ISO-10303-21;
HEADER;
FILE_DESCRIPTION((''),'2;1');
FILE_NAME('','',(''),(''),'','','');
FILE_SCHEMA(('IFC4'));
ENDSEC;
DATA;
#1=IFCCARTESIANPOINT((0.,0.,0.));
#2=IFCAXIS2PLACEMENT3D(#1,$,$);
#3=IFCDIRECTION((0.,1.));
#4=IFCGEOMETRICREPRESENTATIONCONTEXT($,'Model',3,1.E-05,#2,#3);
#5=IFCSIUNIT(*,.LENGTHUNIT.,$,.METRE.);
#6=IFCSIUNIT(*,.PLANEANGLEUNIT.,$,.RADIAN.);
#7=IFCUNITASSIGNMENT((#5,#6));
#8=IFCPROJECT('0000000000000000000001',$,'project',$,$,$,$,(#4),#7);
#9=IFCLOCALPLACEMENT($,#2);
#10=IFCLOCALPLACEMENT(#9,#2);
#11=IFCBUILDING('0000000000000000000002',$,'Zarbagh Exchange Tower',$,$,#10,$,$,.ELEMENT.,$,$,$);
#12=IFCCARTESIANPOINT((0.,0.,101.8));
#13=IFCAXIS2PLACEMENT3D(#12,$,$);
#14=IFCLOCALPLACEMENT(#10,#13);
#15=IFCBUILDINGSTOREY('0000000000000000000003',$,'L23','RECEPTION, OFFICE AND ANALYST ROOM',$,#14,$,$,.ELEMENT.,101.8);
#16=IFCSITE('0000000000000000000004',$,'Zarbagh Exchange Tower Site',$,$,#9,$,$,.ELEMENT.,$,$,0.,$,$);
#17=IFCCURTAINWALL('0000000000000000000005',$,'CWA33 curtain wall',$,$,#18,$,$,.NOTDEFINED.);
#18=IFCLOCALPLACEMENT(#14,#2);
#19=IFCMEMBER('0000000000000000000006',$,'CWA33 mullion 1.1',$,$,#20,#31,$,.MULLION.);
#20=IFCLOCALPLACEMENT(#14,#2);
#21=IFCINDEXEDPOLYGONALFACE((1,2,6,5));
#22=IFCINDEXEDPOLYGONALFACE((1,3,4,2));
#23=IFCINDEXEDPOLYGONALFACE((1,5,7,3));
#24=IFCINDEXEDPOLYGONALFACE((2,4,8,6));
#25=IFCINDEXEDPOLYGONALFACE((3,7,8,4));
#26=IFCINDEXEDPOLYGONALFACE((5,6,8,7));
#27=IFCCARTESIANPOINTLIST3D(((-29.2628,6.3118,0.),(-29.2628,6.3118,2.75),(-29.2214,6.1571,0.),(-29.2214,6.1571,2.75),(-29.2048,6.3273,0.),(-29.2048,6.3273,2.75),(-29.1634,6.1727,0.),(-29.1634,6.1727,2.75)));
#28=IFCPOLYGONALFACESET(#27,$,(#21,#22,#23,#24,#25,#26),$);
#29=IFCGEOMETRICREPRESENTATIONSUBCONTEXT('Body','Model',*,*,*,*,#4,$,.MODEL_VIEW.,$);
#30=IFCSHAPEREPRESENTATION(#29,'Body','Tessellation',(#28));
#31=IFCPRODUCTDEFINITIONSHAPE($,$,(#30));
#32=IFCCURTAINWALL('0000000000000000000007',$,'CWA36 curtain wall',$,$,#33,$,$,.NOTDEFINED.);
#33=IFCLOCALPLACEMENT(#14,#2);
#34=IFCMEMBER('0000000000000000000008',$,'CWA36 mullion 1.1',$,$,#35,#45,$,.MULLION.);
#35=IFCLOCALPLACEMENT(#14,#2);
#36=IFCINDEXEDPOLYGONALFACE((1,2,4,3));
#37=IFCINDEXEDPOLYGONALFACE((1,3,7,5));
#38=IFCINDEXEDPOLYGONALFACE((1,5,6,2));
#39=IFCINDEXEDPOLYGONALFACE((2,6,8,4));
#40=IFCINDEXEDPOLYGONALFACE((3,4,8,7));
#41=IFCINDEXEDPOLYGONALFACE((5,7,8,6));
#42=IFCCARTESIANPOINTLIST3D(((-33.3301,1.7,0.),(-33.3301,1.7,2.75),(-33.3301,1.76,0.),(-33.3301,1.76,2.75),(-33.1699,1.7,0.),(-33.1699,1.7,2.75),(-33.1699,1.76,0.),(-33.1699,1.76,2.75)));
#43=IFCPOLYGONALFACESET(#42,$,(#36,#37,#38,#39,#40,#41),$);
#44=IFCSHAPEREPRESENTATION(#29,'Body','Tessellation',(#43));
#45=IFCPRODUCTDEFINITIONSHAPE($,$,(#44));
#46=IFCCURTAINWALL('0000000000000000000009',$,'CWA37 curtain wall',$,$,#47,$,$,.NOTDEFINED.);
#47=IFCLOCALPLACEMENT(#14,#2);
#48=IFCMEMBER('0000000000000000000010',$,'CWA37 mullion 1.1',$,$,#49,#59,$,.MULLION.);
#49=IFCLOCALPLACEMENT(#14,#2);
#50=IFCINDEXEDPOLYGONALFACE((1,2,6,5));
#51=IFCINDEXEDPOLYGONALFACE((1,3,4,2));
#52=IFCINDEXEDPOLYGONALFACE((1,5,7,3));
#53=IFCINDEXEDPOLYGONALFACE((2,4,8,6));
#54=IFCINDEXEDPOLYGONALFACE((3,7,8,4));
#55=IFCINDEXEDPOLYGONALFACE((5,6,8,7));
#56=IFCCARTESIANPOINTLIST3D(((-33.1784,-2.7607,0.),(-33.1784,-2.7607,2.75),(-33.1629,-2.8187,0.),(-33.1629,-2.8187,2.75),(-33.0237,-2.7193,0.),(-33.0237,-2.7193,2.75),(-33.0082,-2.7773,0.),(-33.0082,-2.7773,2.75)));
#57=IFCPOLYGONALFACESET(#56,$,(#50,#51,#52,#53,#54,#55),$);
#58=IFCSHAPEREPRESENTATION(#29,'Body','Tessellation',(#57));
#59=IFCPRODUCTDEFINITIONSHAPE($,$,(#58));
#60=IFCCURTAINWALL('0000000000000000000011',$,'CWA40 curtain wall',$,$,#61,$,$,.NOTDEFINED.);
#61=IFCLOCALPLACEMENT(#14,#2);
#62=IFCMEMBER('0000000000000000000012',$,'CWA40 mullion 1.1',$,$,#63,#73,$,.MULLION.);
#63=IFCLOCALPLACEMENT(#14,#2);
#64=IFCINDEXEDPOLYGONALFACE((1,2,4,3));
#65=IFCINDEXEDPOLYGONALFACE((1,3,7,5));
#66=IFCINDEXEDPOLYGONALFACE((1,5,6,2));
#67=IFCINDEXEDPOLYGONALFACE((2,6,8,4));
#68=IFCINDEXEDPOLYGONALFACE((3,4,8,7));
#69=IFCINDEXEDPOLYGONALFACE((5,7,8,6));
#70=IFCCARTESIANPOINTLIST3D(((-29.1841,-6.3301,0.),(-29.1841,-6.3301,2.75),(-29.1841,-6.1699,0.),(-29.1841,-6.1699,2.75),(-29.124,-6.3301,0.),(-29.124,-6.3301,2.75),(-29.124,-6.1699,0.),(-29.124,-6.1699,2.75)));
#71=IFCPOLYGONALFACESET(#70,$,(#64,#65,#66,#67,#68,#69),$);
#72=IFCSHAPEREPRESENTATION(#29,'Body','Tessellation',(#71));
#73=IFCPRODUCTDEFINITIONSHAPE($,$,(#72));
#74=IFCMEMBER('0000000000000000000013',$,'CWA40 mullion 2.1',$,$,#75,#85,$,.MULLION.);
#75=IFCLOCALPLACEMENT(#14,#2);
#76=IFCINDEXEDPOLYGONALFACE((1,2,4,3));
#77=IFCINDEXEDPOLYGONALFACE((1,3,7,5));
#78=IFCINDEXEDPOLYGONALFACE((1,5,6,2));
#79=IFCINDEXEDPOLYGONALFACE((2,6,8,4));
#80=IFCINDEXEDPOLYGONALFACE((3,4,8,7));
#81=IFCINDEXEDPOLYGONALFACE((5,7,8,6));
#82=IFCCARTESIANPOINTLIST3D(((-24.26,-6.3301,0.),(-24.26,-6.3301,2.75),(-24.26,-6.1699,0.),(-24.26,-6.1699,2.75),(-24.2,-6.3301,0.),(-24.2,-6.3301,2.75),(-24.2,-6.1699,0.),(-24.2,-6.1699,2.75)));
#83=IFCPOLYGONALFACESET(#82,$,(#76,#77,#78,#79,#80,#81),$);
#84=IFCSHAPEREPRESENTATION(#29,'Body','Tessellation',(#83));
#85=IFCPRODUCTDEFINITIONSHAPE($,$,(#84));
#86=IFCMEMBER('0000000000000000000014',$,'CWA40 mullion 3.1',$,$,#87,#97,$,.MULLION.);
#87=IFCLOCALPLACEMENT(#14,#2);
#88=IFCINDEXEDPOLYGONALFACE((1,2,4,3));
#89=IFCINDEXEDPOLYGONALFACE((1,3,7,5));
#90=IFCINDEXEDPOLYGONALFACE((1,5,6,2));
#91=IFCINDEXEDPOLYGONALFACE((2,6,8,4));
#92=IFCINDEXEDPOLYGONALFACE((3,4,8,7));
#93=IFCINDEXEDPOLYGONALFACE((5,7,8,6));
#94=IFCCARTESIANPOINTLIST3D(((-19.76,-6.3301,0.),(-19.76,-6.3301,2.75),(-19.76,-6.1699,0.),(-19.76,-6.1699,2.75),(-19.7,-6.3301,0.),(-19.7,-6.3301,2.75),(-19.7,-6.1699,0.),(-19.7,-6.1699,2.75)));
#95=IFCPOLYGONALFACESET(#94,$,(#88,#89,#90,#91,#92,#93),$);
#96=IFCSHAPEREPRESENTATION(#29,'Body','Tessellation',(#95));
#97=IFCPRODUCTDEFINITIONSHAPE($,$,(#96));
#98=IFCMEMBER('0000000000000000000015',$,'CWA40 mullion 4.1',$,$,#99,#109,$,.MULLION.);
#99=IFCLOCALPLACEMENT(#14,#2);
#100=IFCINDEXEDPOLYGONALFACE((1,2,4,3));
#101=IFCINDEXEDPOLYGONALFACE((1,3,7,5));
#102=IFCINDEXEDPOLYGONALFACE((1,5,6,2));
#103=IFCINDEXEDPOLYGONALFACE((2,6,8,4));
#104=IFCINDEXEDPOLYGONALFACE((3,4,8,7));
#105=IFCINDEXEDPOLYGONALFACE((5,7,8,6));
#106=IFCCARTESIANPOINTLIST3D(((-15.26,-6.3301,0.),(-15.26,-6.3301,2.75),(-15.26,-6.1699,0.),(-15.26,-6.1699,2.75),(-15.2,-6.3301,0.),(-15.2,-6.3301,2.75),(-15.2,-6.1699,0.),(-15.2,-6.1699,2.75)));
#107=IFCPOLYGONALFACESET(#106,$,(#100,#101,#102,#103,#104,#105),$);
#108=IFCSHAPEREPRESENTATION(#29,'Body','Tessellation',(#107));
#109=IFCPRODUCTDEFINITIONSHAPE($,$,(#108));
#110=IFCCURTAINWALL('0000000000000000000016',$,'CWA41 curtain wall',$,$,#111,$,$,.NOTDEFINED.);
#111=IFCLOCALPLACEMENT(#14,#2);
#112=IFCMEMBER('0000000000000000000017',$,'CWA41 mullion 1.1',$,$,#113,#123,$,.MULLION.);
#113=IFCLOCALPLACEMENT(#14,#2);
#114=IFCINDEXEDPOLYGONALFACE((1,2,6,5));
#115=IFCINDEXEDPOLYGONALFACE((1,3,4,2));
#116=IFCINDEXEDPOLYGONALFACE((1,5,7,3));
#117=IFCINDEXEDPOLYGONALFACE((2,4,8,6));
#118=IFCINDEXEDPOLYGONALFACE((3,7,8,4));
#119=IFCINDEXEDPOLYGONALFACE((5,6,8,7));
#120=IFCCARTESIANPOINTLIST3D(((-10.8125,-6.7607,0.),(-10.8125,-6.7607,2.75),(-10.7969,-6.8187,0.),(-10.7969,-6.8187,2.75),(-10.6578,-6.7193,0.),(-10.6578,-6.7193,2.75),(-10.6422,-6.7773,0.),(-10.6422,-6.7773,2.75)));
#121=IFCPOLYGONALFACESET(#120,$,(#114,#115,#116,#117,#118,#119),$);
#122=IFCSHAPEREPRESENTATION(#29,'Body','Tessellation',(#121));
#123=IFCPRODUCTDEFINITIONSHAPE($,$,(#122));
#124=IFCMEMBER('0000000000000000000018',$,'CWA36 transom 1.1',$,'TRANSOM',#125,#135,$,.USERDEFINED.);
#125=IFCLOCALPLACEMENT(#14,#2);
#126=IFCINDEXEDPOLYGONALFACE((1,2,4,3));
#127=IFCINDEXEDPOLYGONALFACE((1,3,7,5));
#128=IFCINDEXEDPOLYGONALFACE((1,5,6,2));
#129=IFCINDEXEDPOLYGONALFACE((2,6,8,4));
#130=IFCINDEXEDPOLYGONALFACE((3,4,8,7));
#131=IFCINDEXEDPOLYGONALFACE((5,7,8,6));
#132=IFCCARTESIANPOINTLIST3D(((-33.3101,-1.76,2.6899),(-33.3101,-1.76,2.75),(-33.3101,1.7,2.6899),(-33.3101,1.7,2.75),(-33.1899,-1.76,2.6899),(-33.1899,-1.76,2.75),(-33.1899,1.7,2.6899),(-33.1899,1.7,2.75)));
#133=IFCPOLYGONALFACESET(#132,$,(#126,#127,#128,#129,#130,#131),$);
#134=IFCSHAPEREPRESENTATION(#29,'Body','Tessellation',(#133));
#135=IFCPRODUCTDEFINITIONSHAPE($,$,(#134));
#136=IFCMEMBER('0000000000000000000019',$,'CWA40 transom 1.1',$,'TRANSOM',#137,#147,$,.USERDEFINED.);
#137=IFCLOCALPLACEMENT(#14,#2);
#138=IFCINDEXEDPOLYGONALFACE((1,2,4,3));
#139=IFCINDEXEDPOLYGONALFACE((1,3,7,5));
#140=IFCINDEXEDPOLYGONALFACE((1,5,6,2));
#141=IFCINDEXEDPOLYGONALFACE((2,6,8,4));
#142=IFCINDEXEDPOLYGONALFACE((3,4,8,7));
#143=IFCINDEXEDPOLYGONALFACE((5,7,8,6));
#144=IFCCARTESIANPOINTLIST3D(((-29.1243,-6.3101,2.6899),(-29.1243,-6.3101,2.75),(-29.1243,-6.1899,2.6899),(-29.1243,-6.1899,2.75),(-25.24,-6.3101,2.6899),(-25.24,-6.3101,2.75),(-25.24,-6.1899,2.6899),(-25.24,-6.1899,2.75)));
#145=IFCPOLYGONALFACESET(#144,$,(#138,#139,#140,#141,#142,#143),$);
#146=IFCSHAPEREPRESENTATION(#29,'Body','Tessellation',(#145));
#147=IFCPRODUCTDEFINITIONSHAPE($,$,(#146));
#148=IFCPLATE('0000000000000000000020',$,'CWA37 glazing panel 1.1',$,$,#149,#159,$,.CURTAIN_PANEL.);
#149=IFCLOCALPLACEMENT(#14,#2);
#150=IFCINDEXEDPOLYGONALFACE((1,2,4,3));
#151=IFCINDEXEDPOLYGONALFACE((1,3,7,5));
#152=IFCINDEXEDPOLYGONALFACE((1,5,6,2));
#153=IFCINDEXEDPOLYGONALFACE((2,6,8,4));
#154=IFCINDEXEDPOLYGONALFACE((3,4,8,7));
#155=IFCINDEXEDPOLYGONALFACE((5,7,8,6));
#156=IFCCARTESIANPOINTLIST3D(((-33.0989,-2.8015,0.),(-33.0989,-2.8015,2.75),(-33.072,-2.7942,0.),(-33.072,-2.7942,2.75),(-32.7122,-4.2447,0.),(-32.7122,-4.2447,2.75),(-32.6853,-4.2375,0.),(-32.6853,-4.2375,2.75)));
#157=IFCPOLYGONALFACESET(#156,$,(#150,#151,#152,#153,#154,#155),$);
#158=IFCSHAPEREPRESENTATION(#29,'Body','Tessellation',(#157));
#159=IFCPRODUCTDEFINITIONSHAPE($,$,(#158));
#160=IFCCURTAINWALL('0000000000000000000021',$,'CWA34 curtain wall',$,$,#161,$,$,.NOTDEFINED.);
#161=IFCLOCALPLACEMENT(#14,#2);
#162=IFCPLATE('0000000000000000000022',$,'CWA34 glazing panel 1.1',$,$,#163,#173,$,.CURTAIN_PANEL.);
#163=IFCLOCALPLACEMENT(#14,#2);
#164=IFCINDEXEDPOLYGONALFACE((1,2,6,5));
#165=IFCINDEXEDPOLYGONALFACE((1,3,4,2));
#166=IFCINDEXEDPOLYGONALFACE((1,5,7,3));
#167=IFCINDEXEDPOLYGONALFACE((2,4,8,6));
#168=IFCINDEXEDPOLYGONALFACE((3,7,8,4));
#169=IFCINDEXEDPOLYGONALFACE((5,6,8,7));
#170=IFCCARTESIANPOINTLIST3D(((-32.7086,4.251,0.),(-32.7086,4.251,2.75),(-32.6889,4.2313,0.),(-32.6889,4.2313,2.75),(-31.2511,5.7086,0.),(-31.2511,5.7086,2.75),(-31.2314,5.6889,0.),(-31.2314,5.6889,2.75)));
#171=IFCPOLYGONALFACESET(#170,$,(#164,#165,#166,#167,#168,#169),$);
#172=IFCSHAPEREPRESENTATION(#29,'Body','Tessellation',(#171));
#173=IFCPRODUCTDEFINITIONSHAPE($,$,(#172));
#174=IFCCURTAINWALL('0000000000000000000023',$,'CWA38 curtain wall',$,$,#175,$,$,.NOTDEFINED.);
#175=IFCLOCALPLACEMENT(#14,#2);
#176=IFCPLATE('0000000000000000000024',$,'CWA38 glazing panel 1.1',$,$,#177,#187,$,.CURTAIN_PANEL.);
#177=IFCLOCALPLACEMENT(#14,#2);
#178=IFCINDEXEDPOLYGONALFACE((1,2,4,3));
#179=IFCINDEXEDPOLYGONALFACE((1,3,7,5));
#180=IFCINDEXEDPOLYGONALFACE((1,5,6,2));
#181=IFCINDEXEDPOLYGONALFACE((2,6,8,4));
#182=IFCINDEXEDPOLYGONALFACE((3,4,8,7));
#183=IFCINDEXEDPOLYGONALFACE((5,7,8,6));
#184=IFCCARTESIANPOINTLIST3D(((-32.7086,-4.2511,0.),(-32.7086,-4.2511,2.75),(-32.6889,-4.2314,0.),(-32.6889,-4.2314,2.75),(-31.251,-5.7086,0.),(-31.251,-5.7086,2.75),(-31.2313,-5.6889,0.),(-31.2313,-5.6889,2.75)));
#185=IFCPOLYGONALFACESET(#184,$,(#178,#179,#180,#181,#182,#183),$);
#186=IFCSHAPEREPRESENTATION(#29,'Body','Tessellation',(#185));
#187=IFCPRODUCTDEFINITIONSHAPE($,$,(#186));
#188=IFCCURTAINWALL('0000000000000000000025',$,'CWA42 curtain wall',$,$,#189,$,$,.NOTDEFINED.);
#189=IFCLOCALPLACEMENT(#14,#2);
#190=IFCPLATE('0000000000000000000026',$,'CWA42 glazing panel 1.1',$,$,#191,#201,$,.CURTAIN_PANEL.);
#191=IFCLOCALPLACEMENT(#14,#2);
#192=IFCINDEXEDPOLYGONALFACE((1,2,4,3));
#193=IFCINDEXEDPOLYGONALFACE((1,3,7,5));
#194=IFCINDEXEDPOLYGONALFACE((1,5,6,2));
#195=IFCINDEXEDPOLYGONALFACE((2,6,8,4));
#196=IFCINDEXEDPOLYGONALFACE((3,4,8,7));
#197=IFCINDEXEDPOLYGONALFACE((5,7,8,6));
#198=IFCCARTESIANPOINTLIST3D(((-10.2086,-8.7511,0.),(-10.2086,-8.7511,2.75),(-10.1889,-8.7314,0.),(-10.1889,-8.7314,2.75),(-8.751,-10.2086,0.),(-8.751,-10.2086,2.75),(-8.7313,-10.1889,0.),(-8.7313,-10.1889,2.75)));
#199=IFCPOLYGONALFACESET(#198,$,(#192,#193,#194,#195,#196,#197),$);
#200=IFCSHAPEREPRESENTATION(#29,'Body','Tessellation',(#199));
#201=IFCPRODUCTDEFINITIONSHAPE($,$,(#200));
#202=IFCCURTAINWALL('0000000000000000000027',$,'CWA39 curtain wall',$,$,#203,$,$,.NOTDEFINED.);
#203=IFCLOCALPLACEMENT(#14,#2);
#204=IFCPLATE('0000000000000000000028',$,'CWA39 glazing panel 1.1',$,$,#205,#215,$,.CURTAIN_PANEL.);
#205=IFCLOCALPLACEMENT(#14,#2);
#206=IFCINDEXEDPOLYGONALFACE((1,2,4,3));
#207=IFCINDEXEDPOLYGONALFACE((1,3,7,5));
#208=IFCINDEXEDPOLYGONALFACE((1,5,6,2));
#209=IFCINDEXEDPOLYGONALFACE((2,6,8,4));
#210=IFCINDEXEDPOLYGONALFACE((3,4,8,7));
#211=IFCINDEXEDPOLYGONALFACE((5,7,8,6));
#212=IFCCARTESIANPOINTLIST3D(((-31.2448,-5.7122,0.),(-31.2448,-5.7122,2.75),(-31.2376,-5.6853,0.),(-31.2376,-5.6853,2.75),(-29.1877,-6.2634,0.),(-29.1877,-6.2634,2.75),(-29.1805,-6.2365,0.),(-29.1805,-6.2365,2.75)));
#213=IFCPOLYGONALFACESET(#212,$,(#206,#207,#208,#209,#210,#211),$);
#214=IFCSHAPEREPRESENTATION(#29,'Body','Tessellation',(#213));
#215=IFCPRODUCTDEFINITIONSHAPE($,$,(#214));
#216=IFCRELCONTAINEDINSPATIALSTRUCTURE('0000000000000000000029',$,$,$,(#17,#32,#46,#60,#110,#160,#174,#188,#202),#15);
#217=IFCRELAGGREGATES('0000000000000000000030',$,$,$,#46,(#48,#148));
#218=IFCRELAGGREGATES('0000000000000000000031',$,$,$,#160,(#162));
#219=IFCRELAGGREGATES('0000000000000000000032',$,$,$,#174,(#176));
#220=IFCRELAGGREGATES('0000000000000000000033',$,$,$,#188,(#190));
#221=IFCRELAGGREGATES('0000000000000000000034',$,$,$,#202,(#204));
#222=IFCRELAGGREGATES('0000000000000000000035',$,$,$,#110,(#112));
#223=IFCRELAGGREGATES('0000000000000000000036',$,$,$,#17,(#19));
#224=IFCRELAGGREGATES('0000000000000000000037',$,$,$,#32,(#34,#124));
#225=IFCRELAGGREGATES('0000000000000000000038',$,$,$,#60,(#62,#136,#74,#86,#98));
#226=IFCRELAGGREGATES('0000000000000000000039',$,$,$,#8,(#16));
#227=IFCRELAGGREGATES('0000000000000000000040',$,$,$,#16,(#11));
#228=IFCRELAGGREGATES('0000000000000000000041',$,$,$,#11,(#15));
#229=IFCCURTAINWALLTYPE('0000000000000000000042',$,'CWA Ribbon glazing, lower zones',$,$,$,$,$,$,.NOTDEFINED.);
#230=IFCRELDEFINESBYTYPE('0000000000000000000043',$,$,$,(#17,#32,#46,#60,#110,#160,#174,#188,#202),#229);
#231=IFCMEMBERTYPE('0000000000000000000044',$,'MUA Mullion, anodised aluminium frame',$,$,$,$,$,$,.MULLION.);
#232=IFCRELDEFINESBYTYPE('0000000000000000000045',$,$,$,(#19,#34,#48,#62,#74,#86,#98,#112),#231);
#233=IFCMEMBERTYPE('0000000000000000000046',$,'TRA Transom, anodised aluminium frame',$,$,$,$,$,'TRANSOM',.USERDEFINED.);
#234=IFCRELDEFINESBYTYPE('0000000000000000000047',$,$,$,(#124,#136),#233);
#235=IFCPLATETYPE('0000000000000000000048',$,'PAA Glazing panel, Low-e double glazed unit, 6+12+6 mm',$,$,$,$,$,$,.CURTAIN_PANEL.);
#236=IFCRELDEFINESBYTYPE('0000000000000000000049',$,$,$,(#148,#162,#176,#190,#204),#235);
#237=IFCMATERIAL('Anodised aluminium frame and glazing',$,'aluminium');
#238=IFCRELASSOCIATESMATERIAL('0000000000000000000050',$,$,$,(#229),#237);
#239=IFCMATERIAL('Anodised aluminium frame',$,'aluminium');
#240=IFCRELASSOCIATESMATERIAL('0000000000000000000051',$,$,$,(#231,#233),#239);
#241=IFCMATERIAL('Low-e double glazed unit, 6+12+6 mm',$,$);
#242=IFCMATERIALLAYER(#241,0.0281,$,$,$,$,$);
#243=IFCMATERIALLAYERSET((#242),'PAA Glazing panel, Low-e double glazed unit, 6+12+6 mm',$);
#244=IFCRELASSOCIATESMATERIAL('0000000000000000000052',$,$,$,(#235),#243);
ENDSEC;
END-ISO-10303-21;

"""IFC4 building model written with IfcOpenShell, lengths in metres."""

from ifc_helpers import new_model, si_unit, direction, frame, origin, place, context, subcontext, project, spatial, polyline, outline, extrude, source, transform, mapped, material, layer, layer_set, type_object, element, aggregate, save


model = new_model("IFC4")

# Units and contexts
model_context = context("Model", 3, precision=1e-05, world=origin(), true_north=direction((0.0, 1.0)))
body_context = subcontext(model_context, "Body", "Model", "MODEL_VIEW")
ifc_project = project(units=[si_unit("LENGTHUNIT", "METRE"), si_unit("PLANEANGLEUNIT", "RADIAN")], contexts=[model_context])

# Site, building, storey
site_placement = place(None, origin())
site = spatial("IfcSite", under=ifc_project, at=site_placement, Name="Zarbagh Exchange Tower Site", CompositionType="ELEMENT", RefElevation=0.0)
building_placement = place(site_placement, origin())
building = spatial("IfcBuilding", under=site, at=building_placement, Name="Zarbagh Exchange Tower", CompositionType="ELEMENT")
storey_placement = place(building_placement, frame((0.0, 0.0, 101.8)))
storey = spatial("IfcBuildingStorey", under=building, at=storey_placement, Name="L23", Description="RECEPTION, OFFICE AND ANALYST ROOM", CompositionType="ELEMENT", Elevation=101.8)

# Curtain walls, members
ifc_material_1 = material(Name="Anodised aluminium frame and glazing", Category="aluminium")
curtain_wall_type = type_object("IfcCurtainWallType", Name="CWA Ribbon glazing, lower zones", PredefinedType="NOTDEFINED", material=ifc_material_1)
curtain_wall_1_placement = place(storey_placement, origin())
curtain_wall_1 = element("IfcCurtainWall", 1, at=curtain_wall_1_placement, inside=storey, type_object=curtain_wall_type, Name="CWA33 curtain wall", PredefinedType="NOTDEFINED")
ifc_material_2 = material(Name="Anodised aluminium frame", Category="aluminium")
member_type_1 = type_object("IfcMemberType", Name="MUA Mullion, anodised aluminium frame", PredefinedType="MULLION", material=ifc_material_2)
shared_shape_1 = source(origin(), body_context, "Body", "SweptSolid", [
    extrude(outline(polyline([(0.0, -0.0801), (0.0601, -0.0801), (0.0601, 0.0801), (0.0, 0.0801), (0.0, -0.0801)])), origin(), (0.0, 0.0, 1.0), 2.75),
])
placement = place(storey_placement, origin())
member_1 = element("IfcMember", 2, at=placement, type_object=member_type_1, Name="CWA33 mullion 1.1", PredefinedType="MULLION", context=body_context, shape_type="MappedRepresentation", body=[
    mapped(shared_shape_1, transform((-29.1841, 6.25, 0.0), x_axis=(-0.965924, -0.258825, 0.0), y_axis=(0.258825, -0.965924, 0.0), z_axis=(0.0, 0.0, 1.0))),
])
curtain_wall_2_placement = place(storey_placement, origin())
curtain_wall_2 = element("IfcCurtainWall", 3, at=curtain_wall_2_placement, inside=storey, type_object=curtain_wall_type, Name="CWA36 curtain wall", PredefinedType="NOTDEFINED")
member_2 = element("IfcMember", 4, at=placement, type_object=member_type_1, Name="CWA36 mullion 1.1", PredefinedType="MULLION", context=body_context, shape_type="MappedRepresentation", body=[
    mapped(shared_shape_1, transform((-33.25, 1.76, 0.0), x_axis=(0.0, -1.0, 0.0), y_axis=(1.0, 0.0, 0.0), z_axis=(0.0, 0.0, 1.0))),
])
curtain_wall_3_placement = place(storey_placement, origin())
curtain_wall_3 = element("IfcCurtainWall", 5, at=curtain_wall_3_placement, inside=storey, type_object=curtain_wall_type, Name="CWA37 curtain wall", PredefinedType="NOTDEFINED")
member_3 = element("IfcMember", 6, at=placement, type_object=member_type_1, Name="CWA37 mullion 1.1", PredefinedType="MULLION", context=body_context, shape_type="MappedRepresentation", body=[
    mapped(shared_shape_1, transform((-33.1011, -2.74, 0.0), x_axis=(0.258825, -0.965924, 0.0), y_axis=(0.965924, 0.258825, 0.0), z_axis=(0.0, 0.0, 1.0))),
])

# Curtain wall, members
curtain_wall_4_placement = place(storey_placement, origin())
curtain_wall_4 = element("IfcCurtainWall", 7, at=curtain_wall_4_placement, inside=storey, type_object=curtain_wall_type, Name="CWA40 curtain wall", PredefinedType="NOTDEFINED")
member_4 = element("IfcMember", 8, at=placement, type_object=member_type_1, Name="CWA40 mullion 1.1", PredefinedType="MULLION", context=body_context, shape_type="MappedRepresentation", body=[
    mapped(shared_shape_1, transform((-29.1841, -6.25, 0.0), x_axis=(1.0, 0.0, 0.0), y_axis=(0.0, 1.0, 0.0), z_axis=(0.0, 0.0, 1.0))),
])
member_5 = element("IfcMember", 9, at=placement, type_object=member_type_1, Name="CWA40 mullion 2.1", PredefinedType="MULLION", context=body_context, shape_type="MappedRepresentation", body=[
    mapped(shared_shape_1, transform((-24.26, -6.25, 0.0), x_axis=(1.0, 0.0, 0.0), y_axis=(0.0, 1.0, 0.0), z_axis=(0.0, 0.0, 1.0))),
])
member_6 = element("IfcMember", 10, at=placement, type_object=member_type_1, Name="CWA40 mullion 3.1", PredefinedType="MULLION", context=body_context, shape_type="MappedRepresentation", body=[
    mapped(shared_shape_1, transform((-19.76, -6.25, 0.0), x_axis=(1.0, 0.0, 0.0), y_axis=(0.0, 1.0, 0.0), z_axis=(0.0, 0.0, 1.0))),
])
member_7 = element("IfcMember", 11, at=placement, type_object=member_type_1, Name="CWA40 mullion 4.1", PredefinedType="MULLION", context=body_context, shape_type="MappedRepresentation", body=[
    mapped(shared_shape_1, transform((-15.26, -6.25, 0.0), x_axis=(1.0, 0.0, 0.0), y_axis=(0.0, 1.0, 0.0), z_axis=(0.0, 0.0, 1.0))),
])

# Curtain wall, member
curtain_wall_5_placement = place(storey_placement, origin())
curtain_wall_5 = element("IfcCurtainWall", 12, at=curtain_wall_5_placement, inside=storey, type_object=curtain_wall_type, Name="CWA41 curtain wall", PredefinedType="NOTDEFINED")
member_8 = element("IfcMember", 13, at=placement, type_object=member_type_1, Name="CWA41 mullion 1.1", PredefinedType="MULLION", context=body_context, shape_type="MappedRepresentation", body=[
    mapped(shared_shape_1, transform((-10.7351, -6.74, 0.0), x_axis=(0.258825, -0.965924, 0.0), y_axis=(0.965924, 0.258825, 0.0), z_axis=(0.0, 0.0, 1.0))),
])

# Members
member_type_2 = type_object("IfcMemberType", Name="TRA Transom, anodised aluminium frame", ElementType="TRANSOM", PredefinedType="USERDEFINED", material=ifc_material_2)
shared_shape_2 = source(origin(), body_context, "Body", "SweptSolid", [
    extrude(outline(polyline([(-0.0601, -0.0601), (0.0, -0.0601), (0.0, 0.0601), (-0.0601, 0.0601), (-0.0601, -0.0601)])), origin(), (0.0, 0.0, 1.0), 3.46),
])
member_9 = element("IfcMember", 14, at=placement, type_object=member_type_2, Name="CWA36 transom 1.1", ObjectType="TRANSOM", PredefinedType="USERDEFINED", context=body_context, shape_type="MappedRepresentation", body=[
    mapped(shared_shape_2, transform((-33.25, 1.7, 2.75), x_axis=(0.0, 0.0, 1.0), y_axis=(-1.0, 0.0, 0.0), z_axis=(0.0, -1.0, 0.0))),
])
shared_shape_3 = source(origin(), body_context, "Body", "SweptSolid", [
    extrude(outline(polyline([(-0.0601, -0.0601), (0.0, -0.0601), (0.0, 0.0601), (-0.0601, 0.0601), (-0.0601, -0.0601)])), origin(), (0.0, 0.0, 1.0), 3.8843),
])
member_10 = element("IfcMember", 15, at=placement, type_object=member_type_2, Name="CWA40 transom 1.1", ObjectType="TRANSOM", PredefinedType="USERDEFINED", context=body_context, shape_type="MappedRepresentation", body=[
    mapped(shared_shape_3, transform((-29.1243, -6.25, 2.75), x_axis=(0.0, 0.0, 1.0), y_axis=(0.0, -1.0, 0.0), z_axis=(1.0, 0.0, 0.0))),
])

# Plate
ifc_material_3 = material(Name="Low-e double glazed unit, 6+12+6 mm")
ifc_layer = layer(ifc_material_3, 0.0281)
ifc_layer_set = layer_set([ifc_layer], Name="PAA Glazing panel, Low-e double glazed unit, 6+12+6 mm")
plate_type = type_object("IfcPlateType", Name="PAA Glazing panel, Low-e double glazed unit, 6+12+6 mm", PredefinedType="CURTAIN_PANEL", material=ifc_layer_set)
shared_shape_4 = source(origin(), body_context, "Body", "SweptSolid", [
    extrude(outline(polyline([(0.0, -0.0139), (1.4941, -0.0139), (1.4941, 0.0139), (0.0, 0.0139), (0.0, -0.0139)])), origin(), (0.0, 0.0, 1.0), 2.75),
])
plate_1 = element("IfcPlate", 16, at=placement, type_object=plate_type, Name="CWA37 glazing panel 1.1", PredefinedType="CURTAIN_PANEL", context=body_context, shape_type="MappedRepresentation", body=[
    mapped(shared_shape_4, transform((-33.0854, -2.7979, 0.0), x_axis=(0.258825, -0.965924, 0.0), y_axis=(0.965924, 0.258825, 0.0), z_axis=(0.0, 0.0, 1.0))),
])
aggregate(curtain_wall_3, [member_3, plate_1])

# Curtain walls, plates
curtain_wall_6_placement = place(storey_placement, origin())
curtain_wall_6 = element("IfcCurtainWall", 17, at=curtain_wall_6_placement, inside=storey, type_object=curtain_wall_type, Name="CWA34 curtain wall", PredefinedType="NOTDEFINED")
shared_shape_5 = source(origin(), body_context, "Body", "SweptSolid", [
    extrude(outline(polyline([(0.0, -0.0139), (2.0613, -0.0139), (2.0613, 0.0139), (0.0, 0.0139), (0.0, -0.0139)])), origin(), (0.0, 0.0, 1.0), 2.75),
])
plate_2 = element("IfcPlate", 18, at=placement, type_object=plate_type, Name="CWA34 glazing panel 1.1", PredefinedType="CURTAIN_PANEL", context=body_context, shape_type="MappedRepresentation", body=[
    mapped(shared_shape_5, transform((-31.2412, 5.6987, 0.0), x_axis=(-0.707107, -0.707107, 0.0), y_axis=(0.707107, -0.707107, 0.0), z_axis=(0.0, 0.0, 1.0))),
])
aggregate(curtain_wall_6, [plate_2])
curtain_wall_7_placement = place(storey_placement, origin())
curtain_wall_7 = element("IfcCurtainWall", 19, at=curtain_wall_7_placement, inside=storey, type_object=curtain_wall_type, Name="CWA38 curtain wall", PredefinedType="NOTDEFINED")
plate_3 = element("IfcPlate", 20, at=placement, type_object=plate_type, Name="CWA38 glazing panel 1.1", PredefinedType="CURTAIN_PANEL", context=body_context, shape_type="MappedRepresentation", body=[
    mapped(shared_shape_5, transform((-32.6987, -4.2412, 0.0), x_axis=(0.707107, -0.707107, 0.0), y_axis=(0.707107, 0.707107, 0.0), z_axis=(0.0, 0.0, 1.0))),
])
aggregate(curtain_wall_7, [plate_3])
curtain_wall_8_placement = place(storey_placement, origin())
curtain_wall_8 = element("IfcCurtainWall", 21, at=curtain_wall_8_placement, inside=storey, type_object=curtain_wall_type, Name="CWA42 curtain wall", PredefinedType="NOTDEFINED")
plate_4 = element("IfcPlate", 22, at=placement, type_object=plate_type, Name="CWA42 glazing panel 1.1", PredefinedType="CURTAIN_PANEL", context=body_context, shape_type="MappedRepresentation", body=[
    mapped(shared_shape_5, transform((-10.1987, -8.7412, 0.0), x_axis=(0.707107, -0.707107, 0.0), y_axis=(0.707107, 0.707107, 0.0), z_axis=(0.0, 0.0, 1.0))),
])
aggregate(curtain_wall_8, [plate_4])
curtain_wall_9_placement = place(storey_placement, origin())
curtain_wall_9 = element("IfcCurtainWall", 23, at=curtain_wall_9_placement, inside=storey, type_object=curtain_wall_type, Name="CWA39 curtain wall", PredefinedType="NOTDEFINED")
shared_shape_6 = source(origin(), body_context, "Body", "SweptSolid", [
    extrude(outline(polyline([(0.0, -0.0139), (2.1296, -0.0139), (2.1296, 0.0139), (0.0, 0.0139), (0.0, -0.0139)])), origin(), (0.0, 0.0, 1.0), 2.75),
])
plate_5 = element("IfcPlate", 24, at=placement, type_object=plate_type, Name="CWA39 glazing panel 1.1", PredefinedType="CURTAIN_PANEL", context=body_context, shape_type="MappedRepresentation", body=[
    mapped(shared_shape_6, transform((-31.2412, -5.6987, 0.0), x_axis=(0.965924, -0.258825, 0.0), y_axis=(0.258825, 0.965924, 0.0), z_axis=(0.0, 0.0, 1.0))),
])
aggregate(curtain_wall_9, [plate_5])

aggregate(curtain_wall_5, [member_8])

aggregate(curtain_wall_1, [member_1])

aggregate(curtain_wall_2, [member_2, member_9])
aggregate(curtain_wall_4, [member_4, member_10, member_5, member_6, member_7])

save(model, "model.ifc")
